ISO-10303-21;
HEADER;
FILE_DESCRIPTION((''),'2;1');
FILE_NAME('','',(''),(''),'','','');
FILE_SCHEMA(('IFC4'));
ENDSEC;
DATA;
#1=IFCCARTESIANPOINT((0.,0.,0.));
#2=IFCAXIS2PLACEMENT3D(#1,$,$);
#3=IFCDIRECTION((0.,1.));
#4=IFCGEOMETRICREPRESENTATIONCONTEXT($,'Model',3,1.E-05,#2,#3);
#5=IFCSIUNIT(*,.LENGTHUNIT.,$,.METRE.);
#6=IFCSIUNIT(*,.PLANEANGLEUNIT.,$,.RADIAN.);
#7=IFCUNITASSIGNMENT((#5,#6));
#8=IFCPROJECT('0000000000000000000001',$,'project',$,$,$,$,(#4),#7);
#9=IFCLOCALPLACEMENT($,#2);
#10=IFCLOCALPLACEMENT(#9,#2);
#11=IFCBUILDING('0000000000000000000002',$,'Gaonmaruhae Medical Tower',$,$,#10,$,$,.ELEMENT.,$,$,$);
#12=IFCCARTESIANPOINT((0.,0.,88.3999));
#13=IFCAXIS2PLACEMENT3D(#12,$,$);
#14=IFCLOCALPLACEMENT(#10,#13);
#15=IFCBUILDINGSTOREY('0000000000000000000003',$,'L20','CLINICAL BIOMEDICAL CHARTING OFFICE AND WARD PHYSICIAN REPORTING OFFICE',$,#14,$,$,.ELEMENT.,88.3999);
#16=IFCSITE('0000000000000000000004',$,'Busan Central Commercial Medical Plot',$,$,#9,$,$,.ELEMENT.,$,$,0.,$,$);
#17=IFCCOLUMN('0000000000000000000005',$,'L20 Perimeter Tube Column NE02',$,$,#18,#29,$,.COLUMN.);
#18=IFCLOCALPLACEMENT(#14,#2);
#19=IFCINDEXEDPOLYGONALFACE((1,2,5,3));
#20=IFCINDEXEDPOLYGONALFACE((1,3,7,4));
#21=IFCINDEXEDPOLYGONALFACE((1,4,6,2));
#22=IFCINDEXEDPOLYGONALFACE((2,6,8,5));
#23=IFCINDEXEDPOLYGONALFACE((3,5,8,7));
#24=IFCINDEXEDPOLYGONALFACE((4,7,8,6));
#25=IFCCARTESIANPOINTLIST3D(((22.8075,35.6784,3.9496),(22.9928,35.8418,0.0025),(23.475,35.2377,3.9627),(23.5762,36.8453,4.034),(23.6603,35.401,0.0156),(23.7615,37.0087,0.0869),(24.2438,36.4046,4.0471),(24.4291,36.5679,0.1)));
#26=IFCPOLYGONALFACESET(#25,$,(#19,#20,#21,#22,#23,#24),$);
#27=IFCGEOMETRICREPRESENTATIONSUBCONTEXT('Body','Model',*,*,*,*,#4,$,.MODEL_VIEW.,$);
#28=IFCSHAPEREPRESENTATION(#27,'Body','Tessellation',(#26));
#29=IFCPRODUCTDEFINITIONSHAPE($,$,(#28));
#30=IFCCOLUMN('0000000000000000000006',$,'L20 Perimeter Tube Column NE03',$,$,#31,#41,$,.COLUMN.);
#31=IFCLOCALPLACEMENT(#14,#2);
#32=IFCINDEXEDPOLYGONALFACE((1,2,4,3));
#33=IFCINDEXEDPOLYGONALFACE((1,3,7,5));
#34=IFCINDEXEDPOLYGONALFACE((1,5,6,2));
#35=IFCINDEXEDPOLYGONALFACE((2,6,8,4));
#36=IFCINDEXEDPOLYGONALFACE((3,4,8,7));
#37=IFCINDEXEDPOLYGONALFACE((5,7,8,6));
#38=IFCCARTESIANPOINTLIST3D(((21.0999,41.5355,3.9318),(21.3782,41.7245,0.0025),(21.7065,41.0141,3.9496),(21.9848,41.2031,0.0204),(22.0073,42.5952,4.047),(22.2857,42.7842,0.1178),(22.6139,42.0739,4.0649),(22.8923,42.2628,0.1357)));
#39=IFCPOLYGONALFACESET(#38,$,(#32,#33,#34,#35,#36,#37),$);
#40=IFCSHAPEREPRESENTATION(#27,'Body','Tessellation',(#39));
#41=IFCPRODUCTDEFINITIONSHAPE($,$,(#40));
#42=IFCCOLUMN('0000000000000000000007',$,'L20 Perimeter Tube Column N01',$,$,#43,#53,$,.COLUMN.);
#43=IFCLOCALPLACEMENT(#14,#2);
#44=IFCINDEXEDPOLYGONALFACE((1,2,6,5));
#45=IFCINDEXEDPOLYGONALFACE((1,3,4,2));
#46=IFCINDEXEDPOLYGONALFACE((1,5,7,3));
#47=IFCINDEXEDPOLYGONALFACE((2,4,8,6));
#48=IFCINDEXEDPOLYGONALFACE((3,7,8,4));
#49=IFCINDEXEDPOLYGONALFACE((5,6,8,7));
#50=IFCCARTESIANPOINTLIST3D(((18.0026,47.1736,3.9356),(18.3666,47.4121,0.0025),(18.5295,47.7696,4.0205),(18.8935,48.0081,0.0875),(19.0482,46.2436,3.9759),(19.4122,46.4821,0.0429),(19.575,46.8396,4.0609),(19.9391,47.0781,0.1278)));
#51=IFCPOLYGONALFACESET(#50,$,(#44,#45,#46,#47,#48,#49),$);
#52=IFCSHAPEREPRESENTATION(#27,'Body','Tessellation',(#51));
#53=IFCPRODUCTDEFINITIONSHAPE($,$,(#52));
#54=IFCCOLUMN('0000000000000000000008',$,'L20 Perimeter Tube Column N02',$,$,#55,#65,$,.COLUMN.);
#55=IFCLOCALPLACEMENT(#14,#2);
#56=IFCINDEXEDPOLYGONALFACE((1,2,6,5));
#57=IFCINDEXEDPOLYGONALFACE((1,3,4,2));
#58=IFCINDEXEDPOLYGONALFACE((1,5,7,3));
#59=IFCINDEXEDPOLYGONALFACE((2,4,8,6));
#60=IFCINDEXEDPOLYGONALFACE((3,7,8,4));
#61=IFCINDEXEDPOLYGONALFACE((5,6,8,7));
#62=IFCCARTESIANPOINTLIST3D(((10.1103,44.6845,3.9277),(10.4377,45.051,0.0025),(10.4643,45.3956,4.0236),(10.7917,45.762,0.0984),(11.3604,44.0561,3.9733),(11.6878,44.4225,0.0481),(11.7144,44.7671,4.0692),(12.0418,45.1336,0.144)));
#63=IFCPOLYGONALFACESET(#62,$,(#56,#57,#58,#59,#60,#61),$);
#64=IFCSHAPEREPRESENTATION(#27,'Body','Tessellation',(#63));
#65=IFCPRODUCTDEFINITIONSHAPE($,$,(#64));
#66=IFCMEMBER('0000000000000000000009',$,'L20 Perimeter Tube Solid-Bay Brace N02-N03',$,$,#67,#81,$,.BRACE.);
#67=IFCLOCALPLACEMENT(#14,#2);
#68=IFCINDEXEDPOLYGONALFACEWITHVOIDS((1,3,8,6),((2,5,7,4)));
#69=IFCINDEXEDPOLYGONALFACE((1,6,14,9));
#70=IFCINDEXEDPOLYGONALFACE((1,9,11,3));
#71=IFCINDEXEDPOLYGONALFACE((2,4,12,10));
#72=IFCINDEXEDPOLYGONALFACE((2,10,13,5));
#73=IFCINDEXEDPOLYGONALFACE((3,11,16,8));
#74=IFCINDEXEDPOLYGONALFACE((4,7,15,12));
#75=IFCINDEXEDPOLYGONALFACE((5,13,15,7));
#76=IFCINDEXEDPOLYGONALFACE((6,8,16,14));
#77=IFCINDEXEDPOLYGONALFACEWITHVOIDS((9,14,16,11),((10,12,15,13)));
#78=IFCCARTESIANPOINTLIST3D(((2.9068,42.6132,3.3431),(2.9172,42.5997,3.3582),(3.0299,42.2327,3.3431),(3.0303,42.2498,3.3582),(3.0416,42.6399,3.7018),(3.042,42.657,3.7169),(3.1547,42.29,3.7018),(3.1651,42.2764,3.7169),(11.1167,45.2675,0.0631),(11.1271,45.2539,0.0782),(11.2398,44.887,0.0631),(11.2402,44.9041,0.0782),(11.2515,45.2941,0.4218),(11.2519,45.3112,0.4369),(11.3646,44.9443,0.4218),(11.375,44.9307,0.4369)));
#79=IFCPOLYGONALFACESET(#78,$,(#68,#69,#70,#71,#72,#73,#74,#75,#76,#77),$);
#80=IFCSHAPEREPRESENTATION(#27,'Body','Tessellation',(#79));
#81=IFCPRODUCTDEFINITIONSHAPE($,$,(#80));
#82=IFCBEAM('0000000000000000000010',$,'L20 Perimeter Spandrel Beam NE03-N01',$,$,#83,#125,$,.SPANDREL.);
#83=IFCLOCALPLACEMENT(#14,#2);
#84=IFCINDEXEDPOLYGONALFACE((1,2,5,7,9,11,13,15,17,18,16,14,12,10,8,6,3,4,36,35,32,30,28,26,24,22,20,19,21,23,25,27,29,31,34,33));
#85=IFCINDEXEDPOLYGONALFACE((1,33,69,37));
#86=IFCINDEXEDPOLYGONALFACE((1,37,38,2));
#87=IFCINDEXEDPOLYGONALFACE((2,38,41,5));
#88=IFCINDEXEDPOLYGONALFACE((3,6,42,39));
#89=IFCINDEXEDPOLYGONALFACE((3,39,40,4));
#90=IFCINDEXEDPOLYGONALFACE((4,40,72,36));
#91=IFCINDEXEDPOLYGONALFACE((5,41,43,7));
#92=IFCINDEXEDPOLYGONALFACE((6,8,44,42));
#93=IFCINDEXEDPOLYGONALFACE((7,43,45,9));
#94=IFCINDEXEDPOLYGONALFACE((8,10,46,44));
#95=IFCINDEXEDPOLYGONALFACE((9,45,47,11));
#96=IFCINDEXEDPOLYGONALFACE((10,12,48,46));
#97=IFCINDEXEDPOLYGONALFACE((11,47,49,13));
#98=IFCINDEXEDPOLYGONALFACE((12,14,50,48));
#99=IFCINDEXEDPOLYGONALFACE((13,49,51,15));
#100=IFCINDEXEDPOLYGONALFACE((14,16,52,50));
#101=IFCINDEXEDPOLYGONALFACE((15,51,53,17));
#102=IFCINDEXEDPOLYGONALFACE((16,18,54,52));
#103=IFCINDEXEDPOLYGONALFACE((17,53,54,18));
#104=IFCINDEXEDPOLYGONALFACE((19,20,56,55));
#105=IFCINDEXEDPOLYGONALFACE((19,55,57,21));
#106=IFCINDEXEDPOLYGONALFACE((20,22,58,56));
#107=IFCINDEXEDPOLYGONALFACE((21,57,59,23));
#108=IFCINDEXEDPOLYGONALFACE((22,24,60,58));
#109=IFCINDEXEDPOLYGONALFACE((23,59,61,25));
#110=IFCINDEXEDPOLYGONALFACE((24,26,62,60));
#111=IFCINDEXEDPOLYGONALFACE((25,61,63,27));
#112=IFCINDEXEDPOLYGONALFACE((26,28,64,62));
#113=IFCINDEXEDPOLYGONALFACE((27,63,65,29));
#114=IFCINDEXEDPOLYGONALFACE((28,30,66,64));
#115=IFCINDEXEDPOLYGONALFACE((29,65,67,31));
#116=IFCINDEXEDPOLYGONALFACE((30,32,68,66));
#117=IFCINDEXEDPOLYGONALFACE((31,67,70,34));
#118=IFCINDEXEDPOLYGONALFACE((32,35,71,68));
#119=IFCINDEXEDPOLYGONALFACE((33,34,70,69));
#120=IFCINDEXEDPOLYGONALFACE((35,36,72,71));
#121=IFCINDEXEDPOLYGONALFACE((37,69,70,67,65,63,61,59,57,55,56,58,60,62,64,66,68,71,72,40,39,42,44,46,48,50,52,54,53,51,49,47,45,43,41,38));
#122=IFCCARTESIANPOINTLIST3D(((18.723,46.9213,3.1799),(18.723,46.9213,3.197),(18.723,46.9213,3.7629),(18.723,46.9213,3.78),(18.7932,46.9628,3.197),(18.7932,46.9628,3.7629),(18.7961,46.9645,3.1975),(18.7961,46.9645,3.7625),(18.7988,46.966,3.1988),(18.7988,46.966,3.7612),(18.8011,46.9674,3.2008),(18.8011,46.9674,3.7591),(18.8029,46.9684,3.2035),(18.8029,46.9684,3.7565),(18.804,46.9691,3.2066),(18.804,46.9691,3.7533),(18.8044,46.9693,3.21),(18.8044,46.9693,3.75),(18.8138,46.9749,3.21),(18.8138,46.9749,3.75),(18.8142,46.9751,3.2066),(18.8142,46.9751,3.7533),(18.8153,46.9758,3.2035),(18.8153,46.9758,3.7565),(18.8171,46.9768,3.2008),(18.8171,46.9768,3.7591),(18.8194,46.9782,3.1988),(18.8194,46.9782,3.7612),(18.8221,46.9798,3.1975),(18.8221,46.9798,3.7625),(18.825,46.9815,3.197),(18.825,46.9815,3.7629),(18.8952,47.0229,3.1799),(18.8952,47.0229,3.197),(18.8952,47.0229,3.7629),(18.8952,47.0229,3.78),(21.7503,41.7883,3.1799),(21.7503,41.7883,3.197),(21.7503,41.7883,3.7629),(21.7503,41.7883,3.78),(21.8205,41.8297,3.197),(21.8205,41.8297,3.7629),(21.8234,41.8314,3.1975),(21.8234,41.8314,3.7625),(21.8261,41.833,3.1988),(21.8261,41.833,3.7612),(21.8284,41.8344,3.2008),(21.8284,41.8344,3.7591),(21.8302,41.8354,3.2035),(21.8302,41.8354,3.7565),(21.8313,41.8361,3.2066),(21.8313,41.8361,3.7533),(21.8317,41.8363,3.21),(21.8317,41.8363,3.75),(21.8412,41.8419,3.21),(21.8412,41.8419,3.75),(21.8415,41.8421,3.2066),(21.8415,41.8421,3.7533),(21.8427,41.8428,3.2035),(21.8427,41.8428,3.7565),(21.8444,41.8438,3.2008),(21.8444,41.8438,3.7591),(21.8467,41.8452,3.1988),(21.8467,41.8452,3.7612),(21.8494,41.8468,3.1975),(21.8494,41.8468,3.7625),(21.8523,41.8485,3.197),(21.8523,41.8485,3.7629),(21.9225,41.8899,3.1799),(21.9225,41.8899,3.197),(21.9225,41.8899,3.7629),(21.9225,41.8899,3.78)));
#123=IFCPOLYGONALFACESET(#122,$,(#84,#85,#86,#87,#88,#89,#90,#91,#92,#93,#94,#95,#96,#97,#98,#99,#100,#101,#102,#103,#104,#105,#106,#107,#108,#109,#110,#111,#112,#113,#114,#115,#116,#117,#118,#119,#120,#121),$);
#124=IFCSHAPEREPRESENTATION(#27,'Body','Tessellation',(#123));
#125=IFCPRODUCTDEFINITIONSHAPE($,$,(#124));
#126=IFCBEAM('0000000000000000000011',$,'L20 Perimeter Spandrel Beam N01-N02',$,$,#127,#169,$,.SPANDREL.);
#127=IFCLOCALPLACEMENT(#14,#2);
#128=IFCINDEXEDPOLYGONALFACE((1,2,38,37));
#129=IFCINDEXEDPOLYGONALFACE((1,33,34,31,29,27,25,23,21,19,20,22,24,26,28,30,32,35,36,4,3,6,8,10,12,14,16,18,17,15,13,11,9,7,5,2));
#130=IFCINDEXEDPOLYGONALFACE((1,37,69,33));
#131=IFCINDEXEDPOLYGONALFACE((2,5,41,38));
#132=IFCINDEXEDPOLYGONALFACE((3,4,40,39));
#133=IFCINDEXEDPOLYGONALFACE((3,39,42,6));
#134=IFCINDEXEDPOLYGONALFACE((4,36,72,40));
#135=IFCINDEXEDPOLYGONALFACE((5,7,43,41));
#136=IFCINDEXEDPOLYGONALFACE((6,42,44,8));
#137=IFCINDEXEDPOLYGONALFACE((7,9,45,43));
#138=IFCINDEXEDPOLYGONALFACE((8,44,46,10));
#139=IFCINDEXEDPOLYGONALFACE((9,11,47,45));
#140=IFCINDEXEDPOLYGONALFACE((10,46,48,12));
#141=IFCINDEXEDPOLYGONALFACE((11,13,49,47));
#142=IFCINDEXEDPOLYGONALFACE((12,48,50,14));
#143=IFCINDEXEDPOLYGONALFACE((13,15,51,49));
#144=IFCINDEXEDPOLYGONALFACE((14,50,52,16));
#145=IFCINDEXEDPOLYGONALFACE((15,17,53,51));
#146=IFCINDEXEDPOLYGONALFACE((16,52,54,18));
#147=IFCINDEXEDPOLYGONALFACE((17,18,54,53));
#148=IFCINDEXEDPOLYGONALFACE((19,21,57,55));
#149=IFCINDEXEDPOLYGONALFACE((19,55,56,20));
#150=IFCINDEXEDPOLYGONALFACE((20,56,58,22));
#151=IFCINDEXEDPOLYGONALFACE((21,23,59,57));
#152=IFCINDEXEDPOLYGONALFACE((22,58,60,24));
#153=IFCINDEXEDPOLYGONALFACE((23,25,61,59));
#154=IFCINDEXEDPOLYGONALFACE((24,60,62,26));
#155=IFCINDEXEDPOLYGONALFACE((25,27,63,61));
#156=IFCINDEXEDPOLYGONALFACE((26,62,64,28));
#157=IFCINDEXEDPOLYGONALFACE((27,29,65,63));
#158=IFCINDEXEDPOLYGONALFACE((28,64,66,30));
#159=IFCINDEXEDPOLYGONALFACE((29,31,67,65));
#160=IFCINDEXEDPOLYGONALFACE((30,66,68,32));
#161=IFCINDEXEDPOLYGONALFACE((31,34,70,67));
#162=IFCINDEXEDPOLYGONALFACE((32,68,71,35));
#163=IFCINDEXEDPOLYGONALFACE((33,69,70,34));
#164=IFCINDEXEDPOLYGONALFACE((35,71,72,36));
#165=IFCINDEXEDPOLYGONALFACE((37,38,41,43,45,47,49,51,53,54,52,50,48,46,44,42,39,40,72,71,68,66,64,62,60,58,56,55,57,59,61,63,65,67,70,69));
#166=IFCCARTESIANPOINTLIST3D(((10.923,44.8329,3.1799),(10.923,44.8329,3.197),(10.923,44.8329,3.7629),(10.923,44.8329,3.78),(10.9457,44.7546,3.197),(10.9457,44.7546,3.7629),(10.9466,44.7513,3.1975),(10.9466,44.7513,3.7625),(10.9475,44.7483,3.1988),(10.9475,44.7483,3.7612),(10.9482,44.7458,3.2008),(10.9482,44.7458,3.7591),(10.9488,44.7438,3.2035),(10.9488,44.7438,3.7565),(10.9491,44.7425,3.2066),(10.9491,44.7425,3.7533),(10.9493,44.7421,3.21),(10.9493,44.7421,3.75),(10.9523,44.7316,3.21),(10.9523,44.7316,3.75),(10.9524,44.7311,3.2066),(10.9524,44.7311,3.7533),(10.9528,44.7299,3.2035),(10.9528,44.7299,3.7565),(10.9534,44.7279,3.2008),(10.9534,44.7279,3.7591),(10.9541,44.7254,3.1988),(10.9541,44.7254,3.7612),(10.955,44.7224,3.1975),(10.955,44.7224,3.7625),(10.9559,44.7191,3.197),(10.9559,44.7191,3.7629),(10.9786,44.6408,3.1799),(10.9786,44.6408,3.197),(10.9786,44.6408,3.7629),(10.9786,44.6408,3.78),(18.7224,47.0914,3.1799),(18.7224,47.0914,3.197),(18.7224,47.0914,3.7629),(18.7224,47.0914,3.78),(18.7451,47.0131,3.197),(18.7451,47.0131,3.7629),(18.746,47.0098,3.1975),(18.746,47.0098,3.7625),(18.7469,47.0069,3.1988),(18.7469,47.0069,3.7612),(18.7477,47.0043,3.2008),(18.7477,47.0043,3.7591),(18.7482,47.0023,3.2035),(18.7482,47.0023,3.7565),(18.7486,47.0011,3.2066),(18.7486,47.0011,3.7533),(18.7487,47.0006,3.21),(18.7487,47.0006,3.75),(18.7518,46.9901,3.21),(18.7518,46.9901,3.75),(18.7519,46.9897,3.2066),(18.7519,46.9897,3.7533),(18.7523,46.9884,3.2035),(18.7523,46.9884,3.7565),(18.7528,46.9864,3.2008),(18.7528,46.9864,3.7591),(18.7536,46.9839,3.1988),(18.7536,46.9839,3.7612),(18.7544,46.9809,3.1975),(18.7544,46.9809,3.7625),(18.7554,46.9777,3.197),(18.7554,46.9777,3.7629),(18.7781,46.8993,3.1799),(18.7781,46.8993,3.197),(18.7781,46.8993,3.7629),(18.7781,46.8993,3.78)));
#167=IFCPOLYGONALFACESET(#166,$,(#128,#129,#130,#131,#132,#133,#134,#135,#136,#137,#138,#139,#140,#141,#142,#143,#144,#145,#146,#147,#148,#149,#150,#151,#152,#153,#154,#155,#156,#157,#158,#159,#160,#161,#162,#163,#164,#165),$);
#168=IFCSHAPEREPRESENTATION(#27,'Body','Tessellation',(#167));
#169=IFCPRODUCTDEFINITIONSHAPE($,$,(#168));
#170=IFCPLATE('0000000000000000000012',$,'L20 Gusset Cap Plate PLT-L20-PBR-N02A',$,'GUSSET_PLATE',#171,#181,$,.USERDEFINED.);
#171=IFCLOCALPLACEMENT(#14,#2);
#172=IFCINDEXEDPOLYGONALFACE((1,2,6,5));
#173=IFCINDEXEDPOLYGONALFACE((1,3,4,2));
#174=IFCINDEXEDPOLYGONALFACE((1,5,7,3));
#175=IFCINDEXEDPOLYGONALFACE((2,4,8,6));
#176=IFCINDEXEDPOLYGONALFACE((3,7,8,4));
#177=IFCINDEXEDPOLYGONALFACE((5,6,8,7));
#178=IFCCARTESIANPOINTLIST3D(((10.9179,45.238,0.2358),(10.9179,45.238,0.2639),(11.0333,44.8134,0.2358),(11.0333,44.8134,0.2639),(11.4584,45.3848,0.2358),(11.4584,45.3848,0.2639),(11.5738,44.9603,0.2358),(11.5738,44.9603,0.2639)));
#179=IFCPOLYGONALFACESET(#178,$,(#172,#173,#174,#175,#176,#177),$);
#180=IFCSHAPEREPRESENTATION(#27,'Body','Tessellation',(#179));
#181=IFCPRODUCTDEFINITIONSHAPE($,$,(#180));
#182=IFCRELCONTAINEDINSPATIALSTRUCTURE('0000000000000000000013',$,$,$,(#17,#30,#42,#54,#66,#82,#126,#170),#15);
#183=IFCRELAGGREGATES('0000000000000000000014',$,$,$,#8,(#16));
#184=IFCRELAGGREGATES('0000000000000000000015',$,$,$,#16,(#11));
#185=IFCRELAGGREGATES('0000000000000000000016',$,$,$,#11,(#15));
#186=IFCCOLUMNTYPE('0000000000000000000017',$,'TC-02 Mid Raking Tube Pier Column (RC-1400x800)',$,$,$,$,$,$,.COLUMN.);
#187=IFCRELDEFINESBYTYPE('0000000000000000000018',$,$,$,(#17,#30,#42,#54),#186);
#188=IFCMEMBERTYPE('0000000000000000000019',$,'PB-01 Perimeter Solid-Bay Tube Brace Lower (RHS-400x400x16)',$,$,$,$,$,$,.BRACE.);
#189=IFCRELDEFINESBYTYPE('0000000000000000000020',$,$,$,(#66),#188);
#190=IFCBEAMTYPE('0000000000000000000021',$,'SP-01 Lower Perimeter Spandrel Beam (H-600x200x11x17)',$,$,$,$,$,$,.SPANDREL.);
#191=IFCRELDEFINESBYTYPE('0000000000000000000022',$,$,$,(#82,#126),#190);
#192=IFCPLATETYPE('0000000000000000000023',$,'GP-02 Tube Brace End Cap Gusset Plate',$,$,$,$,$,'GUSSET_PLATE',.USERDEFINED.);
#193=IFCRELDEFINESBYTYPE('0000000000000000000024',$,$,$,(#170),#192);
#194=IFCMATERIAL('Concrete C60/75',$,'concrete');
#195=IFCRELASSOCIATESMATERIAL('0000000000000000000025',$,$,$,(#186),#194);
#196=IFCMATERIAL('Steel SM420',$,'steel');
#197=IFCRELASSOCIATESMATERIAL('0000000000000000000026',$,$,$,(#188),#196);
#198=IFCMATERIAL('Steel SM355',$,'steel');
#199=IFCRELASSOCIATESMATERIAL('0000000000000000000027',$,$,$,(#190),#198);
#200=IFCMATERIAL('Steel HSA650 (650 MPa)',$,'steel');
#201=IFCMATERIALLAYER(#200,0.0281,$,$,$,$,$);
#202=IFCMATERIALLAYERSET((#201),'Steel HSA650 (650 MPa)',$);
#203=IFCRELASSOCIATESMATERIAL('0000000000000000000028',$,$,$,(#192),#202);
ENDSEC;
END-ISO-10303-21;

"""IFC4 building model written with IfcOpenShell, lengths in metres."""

from ifc_helpers import new_model, si_unit, direction, frame, origin, origin_2d, place, context, subcontext, project, spatial, rectangle, hollow_rectangle, i_section, extrude, material, layer, layer_set, material_profile, profile_set, type_object, element, save


model = new_model("IFC4")

# Units and contexts
model_context = context("Model", 3, precision=1e-05, world=origin(), true_north=direction((0.0, 1.0)))
body_context = subcontext(model_context, "Body", "Model", "MODEL_VIEW")
ifc_project = project(units=[si_unit("LENGTHUNIT", "METRE"), si_unit("PLANEANGLEUNIT", "RADIAN")], contexts=[model_context])

# Site, building, storey
site_placement = place(None, origin())
site = spatial("IfcSite", under=ifc_project, at=site_placement, Name="Busan Central Commercial Medical Plot", CompositionType="ELEMENT", RefElevation=0.0)
building_placement = place(site_placement, origin())
building = spatial("IfcBuilding", under=site, at=building_placement, Name="Gaonmaruhae Medical Tower", CompositionType="ELEMENT")
storey_placement = place(building_placement, frame((0.0, 0.0, 88.3999)))
storey = spatial("IfcBuildingStorey", under=building, at=storey_placement, Name="L20", Description="CLINICAL BIOMEDICAL CHARTING OFFICE AND WARD PHYSICIAN REPORTING OFFICE", CompositionType="ELEMENT", Elevation=88.3999)

# Columns
ifc_material_1 = material(Name="Concrete C60/75", Category="concrete")
ifc_material_profile_1 = material_profile(ifc_material_1, rectangle(XDim=1.3999, YDim=0.8, at=origin_2d()), Name="RC-1400x800")
ifc_profile_set_1 = profile_set([ifc_material_profile_1], Name="Concrete C60/75")
column_type = type_object("IfcColumnType", Name="TC-02 Mid Raking Tube Pier Column (RC-1400x800)", PredefinedType="COLUMN", material=ifc_profile_set_1)
column_1_placement = place(storey_placement, frame((23.7109, 36.2048, 0.0513), z_axis=(-0.046856, -0.0413, 0.998048), x_axis=(0.549159, 0.833541, 0.060274)))
element("IfcColumn", 1, at=column_1_placement, inside=storey, type_object=column_type, Name="L20 Perimeter Tube Column NE02", PredefinedType="COLUMN", context=body_context, shape_type="SweptSolid", body=[
    extrude(rectangle(XDim=1.3999, YDim=0.8, at=origin_2d()), origin(), (0.0, 0.0, 1.0), 3.9548),
])
column_2_placement = place(storey_placement, frame((22.1353, 41.9937, 0.0691), z_axis=(-0.070576, -0.047917, 0.996355), x_axis=(0.648203, 0.757005, 0.082321)))
element("IfcColumn", 2, at=column_2_placement, inside=storey, type_object=column_type, Name="L20 Perimeter Tube Column NE03", PredefinedType="COLUMN", context=body_context, shape_type="SweptSolid", body=[
    extrude(rectangle(XDim=1.3999, YDim=0.8, at=origin_2d()), origin(), (0.0, 0.0, 1.0), 3.9436),
])
column_3_placement = place(storey_placement, frame((19.1528, 47.2451, 0.0652), z_axis=(-0.09199, -0.060278, 0.993934), x_axis=(0.746878, -0.664336, 0.028835)))
element("IfcColumn", 3, at=column_3_placement, inside=storey, type_object=column_type, Name="L20 Perimeter Tube Column N01", PredefinedType="COLUMN", context=body_context, shape_type="SweptSolid", body=[
    extrude(rectangle(XDim=1.3999, YDim=0.8, at=origin_2d()), origin(), (0.0, 0.0, 1.0), 3.957),
])
column_4_placement = place(storey_placement, frame((11.2397, 45.0923, 0.0732), z_axis=(-0.082765, -0.09264, 0.992254), x_axis=(0.892975, -0.448926, 0.032571)))
element("IfcColumn", 4, at=column_4_placement, inside=storey, type_object=column_type, Name="L20 Perimeter Tube Column N02", PredefinedType="COLUMN", context=body_context, shape_type="SweptSolid", body=[
    extrude(rectangle(XDim=1.3999, YDim=0.8, at=origin_2d()), origin(), (0.0, 0.0, 1.0), 3.9558),
])

# Member
ifc_material_2 = material(Name="Steel SM420", Category="steel")
ifc_material_profile_2 = material_profile(ifc_material_2, hollow_rectangle(XDim=0.3999, YDim=0.3999, WallThickness=0.0161, at=origin_2d()), Name="RHS-400x400x16")
ifc_profile_set_2 = profile_set([ifc_material_profile_2], Name="Steel SM420")
member_type = type_object("IfcMemberType", Name="PB-01 Perimeter Solid-Bay Tube Brace Lower (RHS-400x400x16)", PredefinedType="BRACE", material=ifc_profile_set_2)
member_placement = place(storey_placement, frame((11.2458, 45.0991, 0.25), z_axis=(-0.889411, -0.287548, 0.355336), x_axis=(0.307624, -0.951508, 0.0)))
element("IfcMember", 5, at=member_placement, inside=storey, type_object=member_type, Name="L20 Perimeter Tube Solid-Bay Brace N02-N03", PredefinedType="BRACE", context=body_context, shape_type="SweptSolid", body=[
    extrude(hollow_rectangle(XDim=0.3999, YDim=0.3999, WallThickness=0.0161, at=origin_2d()), origin(), (0.0, 0.0, 1.0), 9.2307),
])

# Beams
ifc_material_3 = material(Name="Steel SM355", Category="steel")
ifc_material_profile_3 = material_profile(ifc_material_3, i_section(OverallWidth=0.2, OverallDepth=0.6001, WebThickness=0.011, FlangeThickness=0.0171, FilletRadius=0.0129, at=origin_2d()), Name="H-600x200x11x17")
ifc_profile_set_3 = profile_set([ifc_material_profile_3], Name="Steel SM355")
beam_type = type_object("IfcBeamType", Name="SP-01 Lower Perimeter Spandrel Beam (H-600x200x11x17)", PredefinedType="SPANDREL", material=ifc_profile_set_3)
beam_1_placement = place(storey_placement, frame((21.8364, 41.8391, 3.48), z_axis=(-0.508005, 0.861354, 0.0), x_axis=(-0.861354, -0.508005, 0.0)))
element("IfcBeam", 6, at=beam_1_placement, inside=storey, type_object=beam_type, Name="L20 Perimeter Spandrel Beam NE03-N01", PredefinedType="SPANDREL", context=body_context, shape_type="SweptSolid", body=[
    extrude(i_section(OverallWidth=0.2, OverallDepth=0.6001, WebThickness=0.011, FlangeThickness=0.0171, FilletRadius=0.0129, at=origin_2d()), origin(), (0.0, 0.0, 1.0), 5.9592),
])
beam_2_placement = place(storey_placement, frame((18.7502, 46.9954, 3.48), z_axis=(-0.960539, -0.278146, 0.0), x_axis=(0.278146, -0.960539, 0.0)))
element("IfcBeam", 7, at=beam_2_placement, inside=storey, type_object=beam_type, Name="L20 Perimeter Spandrel Beam N01-N02", PredefinedType="SPANDREL", context=body_context, shape_type="SweptSolid", body=[
    extrude(i_section(OverallWidth=0.2, OverallDepth=0.6001, WebThickness=0.011, FlangeThickness=0.0171, FilletRadius=0.0129, at=origin_2d()), origin(), (0.0, 0.0, 1.0), 8.1199),
])

# Plate
ifc_material_4 = material(Name="Steel HSA650 (650 MPa)", Category="steel")
ifc_layer_1 = layer(ifc_material_4, 0.0281)
ifc_layer_set_1 = layer_set([ifc_layer_1], Name="Steel HSA650 (650 MPa)")
plate_type_1 = type_object("IfcPlateType", Name="GP-02 Tube Brace End Cap Gusset Plate", ElementType="GUSSET_PLATE", PredefinedType="USERDEFINED", material=ifc_layer_set_1)
plate_placement = place(storey_placement, frame((11.2458, 45.0991, 0.2358), z_axis=(0.0, 0.0, 1.0), x_axis=(0.965016, 0.262189, 0.0)))
element("IfcPlate", 8, at=plate_placement, inside=storey, type_object=plate_type_1, Name="L20 Gusset Cap Plate PLT-L20-PBR-N02A", ObjectType="GUSSET_PLATE", PredefinedType="USERDEFINED", context=body_context, shape_type="SweptSolid", body=[
    extrude(rectangle(XDim=0.5601, YDim=0.4399, at=origin_2d()), origin(), (0.0, 0.0, 1.0), 0.0281),
])

save(model, "model.ifc")
